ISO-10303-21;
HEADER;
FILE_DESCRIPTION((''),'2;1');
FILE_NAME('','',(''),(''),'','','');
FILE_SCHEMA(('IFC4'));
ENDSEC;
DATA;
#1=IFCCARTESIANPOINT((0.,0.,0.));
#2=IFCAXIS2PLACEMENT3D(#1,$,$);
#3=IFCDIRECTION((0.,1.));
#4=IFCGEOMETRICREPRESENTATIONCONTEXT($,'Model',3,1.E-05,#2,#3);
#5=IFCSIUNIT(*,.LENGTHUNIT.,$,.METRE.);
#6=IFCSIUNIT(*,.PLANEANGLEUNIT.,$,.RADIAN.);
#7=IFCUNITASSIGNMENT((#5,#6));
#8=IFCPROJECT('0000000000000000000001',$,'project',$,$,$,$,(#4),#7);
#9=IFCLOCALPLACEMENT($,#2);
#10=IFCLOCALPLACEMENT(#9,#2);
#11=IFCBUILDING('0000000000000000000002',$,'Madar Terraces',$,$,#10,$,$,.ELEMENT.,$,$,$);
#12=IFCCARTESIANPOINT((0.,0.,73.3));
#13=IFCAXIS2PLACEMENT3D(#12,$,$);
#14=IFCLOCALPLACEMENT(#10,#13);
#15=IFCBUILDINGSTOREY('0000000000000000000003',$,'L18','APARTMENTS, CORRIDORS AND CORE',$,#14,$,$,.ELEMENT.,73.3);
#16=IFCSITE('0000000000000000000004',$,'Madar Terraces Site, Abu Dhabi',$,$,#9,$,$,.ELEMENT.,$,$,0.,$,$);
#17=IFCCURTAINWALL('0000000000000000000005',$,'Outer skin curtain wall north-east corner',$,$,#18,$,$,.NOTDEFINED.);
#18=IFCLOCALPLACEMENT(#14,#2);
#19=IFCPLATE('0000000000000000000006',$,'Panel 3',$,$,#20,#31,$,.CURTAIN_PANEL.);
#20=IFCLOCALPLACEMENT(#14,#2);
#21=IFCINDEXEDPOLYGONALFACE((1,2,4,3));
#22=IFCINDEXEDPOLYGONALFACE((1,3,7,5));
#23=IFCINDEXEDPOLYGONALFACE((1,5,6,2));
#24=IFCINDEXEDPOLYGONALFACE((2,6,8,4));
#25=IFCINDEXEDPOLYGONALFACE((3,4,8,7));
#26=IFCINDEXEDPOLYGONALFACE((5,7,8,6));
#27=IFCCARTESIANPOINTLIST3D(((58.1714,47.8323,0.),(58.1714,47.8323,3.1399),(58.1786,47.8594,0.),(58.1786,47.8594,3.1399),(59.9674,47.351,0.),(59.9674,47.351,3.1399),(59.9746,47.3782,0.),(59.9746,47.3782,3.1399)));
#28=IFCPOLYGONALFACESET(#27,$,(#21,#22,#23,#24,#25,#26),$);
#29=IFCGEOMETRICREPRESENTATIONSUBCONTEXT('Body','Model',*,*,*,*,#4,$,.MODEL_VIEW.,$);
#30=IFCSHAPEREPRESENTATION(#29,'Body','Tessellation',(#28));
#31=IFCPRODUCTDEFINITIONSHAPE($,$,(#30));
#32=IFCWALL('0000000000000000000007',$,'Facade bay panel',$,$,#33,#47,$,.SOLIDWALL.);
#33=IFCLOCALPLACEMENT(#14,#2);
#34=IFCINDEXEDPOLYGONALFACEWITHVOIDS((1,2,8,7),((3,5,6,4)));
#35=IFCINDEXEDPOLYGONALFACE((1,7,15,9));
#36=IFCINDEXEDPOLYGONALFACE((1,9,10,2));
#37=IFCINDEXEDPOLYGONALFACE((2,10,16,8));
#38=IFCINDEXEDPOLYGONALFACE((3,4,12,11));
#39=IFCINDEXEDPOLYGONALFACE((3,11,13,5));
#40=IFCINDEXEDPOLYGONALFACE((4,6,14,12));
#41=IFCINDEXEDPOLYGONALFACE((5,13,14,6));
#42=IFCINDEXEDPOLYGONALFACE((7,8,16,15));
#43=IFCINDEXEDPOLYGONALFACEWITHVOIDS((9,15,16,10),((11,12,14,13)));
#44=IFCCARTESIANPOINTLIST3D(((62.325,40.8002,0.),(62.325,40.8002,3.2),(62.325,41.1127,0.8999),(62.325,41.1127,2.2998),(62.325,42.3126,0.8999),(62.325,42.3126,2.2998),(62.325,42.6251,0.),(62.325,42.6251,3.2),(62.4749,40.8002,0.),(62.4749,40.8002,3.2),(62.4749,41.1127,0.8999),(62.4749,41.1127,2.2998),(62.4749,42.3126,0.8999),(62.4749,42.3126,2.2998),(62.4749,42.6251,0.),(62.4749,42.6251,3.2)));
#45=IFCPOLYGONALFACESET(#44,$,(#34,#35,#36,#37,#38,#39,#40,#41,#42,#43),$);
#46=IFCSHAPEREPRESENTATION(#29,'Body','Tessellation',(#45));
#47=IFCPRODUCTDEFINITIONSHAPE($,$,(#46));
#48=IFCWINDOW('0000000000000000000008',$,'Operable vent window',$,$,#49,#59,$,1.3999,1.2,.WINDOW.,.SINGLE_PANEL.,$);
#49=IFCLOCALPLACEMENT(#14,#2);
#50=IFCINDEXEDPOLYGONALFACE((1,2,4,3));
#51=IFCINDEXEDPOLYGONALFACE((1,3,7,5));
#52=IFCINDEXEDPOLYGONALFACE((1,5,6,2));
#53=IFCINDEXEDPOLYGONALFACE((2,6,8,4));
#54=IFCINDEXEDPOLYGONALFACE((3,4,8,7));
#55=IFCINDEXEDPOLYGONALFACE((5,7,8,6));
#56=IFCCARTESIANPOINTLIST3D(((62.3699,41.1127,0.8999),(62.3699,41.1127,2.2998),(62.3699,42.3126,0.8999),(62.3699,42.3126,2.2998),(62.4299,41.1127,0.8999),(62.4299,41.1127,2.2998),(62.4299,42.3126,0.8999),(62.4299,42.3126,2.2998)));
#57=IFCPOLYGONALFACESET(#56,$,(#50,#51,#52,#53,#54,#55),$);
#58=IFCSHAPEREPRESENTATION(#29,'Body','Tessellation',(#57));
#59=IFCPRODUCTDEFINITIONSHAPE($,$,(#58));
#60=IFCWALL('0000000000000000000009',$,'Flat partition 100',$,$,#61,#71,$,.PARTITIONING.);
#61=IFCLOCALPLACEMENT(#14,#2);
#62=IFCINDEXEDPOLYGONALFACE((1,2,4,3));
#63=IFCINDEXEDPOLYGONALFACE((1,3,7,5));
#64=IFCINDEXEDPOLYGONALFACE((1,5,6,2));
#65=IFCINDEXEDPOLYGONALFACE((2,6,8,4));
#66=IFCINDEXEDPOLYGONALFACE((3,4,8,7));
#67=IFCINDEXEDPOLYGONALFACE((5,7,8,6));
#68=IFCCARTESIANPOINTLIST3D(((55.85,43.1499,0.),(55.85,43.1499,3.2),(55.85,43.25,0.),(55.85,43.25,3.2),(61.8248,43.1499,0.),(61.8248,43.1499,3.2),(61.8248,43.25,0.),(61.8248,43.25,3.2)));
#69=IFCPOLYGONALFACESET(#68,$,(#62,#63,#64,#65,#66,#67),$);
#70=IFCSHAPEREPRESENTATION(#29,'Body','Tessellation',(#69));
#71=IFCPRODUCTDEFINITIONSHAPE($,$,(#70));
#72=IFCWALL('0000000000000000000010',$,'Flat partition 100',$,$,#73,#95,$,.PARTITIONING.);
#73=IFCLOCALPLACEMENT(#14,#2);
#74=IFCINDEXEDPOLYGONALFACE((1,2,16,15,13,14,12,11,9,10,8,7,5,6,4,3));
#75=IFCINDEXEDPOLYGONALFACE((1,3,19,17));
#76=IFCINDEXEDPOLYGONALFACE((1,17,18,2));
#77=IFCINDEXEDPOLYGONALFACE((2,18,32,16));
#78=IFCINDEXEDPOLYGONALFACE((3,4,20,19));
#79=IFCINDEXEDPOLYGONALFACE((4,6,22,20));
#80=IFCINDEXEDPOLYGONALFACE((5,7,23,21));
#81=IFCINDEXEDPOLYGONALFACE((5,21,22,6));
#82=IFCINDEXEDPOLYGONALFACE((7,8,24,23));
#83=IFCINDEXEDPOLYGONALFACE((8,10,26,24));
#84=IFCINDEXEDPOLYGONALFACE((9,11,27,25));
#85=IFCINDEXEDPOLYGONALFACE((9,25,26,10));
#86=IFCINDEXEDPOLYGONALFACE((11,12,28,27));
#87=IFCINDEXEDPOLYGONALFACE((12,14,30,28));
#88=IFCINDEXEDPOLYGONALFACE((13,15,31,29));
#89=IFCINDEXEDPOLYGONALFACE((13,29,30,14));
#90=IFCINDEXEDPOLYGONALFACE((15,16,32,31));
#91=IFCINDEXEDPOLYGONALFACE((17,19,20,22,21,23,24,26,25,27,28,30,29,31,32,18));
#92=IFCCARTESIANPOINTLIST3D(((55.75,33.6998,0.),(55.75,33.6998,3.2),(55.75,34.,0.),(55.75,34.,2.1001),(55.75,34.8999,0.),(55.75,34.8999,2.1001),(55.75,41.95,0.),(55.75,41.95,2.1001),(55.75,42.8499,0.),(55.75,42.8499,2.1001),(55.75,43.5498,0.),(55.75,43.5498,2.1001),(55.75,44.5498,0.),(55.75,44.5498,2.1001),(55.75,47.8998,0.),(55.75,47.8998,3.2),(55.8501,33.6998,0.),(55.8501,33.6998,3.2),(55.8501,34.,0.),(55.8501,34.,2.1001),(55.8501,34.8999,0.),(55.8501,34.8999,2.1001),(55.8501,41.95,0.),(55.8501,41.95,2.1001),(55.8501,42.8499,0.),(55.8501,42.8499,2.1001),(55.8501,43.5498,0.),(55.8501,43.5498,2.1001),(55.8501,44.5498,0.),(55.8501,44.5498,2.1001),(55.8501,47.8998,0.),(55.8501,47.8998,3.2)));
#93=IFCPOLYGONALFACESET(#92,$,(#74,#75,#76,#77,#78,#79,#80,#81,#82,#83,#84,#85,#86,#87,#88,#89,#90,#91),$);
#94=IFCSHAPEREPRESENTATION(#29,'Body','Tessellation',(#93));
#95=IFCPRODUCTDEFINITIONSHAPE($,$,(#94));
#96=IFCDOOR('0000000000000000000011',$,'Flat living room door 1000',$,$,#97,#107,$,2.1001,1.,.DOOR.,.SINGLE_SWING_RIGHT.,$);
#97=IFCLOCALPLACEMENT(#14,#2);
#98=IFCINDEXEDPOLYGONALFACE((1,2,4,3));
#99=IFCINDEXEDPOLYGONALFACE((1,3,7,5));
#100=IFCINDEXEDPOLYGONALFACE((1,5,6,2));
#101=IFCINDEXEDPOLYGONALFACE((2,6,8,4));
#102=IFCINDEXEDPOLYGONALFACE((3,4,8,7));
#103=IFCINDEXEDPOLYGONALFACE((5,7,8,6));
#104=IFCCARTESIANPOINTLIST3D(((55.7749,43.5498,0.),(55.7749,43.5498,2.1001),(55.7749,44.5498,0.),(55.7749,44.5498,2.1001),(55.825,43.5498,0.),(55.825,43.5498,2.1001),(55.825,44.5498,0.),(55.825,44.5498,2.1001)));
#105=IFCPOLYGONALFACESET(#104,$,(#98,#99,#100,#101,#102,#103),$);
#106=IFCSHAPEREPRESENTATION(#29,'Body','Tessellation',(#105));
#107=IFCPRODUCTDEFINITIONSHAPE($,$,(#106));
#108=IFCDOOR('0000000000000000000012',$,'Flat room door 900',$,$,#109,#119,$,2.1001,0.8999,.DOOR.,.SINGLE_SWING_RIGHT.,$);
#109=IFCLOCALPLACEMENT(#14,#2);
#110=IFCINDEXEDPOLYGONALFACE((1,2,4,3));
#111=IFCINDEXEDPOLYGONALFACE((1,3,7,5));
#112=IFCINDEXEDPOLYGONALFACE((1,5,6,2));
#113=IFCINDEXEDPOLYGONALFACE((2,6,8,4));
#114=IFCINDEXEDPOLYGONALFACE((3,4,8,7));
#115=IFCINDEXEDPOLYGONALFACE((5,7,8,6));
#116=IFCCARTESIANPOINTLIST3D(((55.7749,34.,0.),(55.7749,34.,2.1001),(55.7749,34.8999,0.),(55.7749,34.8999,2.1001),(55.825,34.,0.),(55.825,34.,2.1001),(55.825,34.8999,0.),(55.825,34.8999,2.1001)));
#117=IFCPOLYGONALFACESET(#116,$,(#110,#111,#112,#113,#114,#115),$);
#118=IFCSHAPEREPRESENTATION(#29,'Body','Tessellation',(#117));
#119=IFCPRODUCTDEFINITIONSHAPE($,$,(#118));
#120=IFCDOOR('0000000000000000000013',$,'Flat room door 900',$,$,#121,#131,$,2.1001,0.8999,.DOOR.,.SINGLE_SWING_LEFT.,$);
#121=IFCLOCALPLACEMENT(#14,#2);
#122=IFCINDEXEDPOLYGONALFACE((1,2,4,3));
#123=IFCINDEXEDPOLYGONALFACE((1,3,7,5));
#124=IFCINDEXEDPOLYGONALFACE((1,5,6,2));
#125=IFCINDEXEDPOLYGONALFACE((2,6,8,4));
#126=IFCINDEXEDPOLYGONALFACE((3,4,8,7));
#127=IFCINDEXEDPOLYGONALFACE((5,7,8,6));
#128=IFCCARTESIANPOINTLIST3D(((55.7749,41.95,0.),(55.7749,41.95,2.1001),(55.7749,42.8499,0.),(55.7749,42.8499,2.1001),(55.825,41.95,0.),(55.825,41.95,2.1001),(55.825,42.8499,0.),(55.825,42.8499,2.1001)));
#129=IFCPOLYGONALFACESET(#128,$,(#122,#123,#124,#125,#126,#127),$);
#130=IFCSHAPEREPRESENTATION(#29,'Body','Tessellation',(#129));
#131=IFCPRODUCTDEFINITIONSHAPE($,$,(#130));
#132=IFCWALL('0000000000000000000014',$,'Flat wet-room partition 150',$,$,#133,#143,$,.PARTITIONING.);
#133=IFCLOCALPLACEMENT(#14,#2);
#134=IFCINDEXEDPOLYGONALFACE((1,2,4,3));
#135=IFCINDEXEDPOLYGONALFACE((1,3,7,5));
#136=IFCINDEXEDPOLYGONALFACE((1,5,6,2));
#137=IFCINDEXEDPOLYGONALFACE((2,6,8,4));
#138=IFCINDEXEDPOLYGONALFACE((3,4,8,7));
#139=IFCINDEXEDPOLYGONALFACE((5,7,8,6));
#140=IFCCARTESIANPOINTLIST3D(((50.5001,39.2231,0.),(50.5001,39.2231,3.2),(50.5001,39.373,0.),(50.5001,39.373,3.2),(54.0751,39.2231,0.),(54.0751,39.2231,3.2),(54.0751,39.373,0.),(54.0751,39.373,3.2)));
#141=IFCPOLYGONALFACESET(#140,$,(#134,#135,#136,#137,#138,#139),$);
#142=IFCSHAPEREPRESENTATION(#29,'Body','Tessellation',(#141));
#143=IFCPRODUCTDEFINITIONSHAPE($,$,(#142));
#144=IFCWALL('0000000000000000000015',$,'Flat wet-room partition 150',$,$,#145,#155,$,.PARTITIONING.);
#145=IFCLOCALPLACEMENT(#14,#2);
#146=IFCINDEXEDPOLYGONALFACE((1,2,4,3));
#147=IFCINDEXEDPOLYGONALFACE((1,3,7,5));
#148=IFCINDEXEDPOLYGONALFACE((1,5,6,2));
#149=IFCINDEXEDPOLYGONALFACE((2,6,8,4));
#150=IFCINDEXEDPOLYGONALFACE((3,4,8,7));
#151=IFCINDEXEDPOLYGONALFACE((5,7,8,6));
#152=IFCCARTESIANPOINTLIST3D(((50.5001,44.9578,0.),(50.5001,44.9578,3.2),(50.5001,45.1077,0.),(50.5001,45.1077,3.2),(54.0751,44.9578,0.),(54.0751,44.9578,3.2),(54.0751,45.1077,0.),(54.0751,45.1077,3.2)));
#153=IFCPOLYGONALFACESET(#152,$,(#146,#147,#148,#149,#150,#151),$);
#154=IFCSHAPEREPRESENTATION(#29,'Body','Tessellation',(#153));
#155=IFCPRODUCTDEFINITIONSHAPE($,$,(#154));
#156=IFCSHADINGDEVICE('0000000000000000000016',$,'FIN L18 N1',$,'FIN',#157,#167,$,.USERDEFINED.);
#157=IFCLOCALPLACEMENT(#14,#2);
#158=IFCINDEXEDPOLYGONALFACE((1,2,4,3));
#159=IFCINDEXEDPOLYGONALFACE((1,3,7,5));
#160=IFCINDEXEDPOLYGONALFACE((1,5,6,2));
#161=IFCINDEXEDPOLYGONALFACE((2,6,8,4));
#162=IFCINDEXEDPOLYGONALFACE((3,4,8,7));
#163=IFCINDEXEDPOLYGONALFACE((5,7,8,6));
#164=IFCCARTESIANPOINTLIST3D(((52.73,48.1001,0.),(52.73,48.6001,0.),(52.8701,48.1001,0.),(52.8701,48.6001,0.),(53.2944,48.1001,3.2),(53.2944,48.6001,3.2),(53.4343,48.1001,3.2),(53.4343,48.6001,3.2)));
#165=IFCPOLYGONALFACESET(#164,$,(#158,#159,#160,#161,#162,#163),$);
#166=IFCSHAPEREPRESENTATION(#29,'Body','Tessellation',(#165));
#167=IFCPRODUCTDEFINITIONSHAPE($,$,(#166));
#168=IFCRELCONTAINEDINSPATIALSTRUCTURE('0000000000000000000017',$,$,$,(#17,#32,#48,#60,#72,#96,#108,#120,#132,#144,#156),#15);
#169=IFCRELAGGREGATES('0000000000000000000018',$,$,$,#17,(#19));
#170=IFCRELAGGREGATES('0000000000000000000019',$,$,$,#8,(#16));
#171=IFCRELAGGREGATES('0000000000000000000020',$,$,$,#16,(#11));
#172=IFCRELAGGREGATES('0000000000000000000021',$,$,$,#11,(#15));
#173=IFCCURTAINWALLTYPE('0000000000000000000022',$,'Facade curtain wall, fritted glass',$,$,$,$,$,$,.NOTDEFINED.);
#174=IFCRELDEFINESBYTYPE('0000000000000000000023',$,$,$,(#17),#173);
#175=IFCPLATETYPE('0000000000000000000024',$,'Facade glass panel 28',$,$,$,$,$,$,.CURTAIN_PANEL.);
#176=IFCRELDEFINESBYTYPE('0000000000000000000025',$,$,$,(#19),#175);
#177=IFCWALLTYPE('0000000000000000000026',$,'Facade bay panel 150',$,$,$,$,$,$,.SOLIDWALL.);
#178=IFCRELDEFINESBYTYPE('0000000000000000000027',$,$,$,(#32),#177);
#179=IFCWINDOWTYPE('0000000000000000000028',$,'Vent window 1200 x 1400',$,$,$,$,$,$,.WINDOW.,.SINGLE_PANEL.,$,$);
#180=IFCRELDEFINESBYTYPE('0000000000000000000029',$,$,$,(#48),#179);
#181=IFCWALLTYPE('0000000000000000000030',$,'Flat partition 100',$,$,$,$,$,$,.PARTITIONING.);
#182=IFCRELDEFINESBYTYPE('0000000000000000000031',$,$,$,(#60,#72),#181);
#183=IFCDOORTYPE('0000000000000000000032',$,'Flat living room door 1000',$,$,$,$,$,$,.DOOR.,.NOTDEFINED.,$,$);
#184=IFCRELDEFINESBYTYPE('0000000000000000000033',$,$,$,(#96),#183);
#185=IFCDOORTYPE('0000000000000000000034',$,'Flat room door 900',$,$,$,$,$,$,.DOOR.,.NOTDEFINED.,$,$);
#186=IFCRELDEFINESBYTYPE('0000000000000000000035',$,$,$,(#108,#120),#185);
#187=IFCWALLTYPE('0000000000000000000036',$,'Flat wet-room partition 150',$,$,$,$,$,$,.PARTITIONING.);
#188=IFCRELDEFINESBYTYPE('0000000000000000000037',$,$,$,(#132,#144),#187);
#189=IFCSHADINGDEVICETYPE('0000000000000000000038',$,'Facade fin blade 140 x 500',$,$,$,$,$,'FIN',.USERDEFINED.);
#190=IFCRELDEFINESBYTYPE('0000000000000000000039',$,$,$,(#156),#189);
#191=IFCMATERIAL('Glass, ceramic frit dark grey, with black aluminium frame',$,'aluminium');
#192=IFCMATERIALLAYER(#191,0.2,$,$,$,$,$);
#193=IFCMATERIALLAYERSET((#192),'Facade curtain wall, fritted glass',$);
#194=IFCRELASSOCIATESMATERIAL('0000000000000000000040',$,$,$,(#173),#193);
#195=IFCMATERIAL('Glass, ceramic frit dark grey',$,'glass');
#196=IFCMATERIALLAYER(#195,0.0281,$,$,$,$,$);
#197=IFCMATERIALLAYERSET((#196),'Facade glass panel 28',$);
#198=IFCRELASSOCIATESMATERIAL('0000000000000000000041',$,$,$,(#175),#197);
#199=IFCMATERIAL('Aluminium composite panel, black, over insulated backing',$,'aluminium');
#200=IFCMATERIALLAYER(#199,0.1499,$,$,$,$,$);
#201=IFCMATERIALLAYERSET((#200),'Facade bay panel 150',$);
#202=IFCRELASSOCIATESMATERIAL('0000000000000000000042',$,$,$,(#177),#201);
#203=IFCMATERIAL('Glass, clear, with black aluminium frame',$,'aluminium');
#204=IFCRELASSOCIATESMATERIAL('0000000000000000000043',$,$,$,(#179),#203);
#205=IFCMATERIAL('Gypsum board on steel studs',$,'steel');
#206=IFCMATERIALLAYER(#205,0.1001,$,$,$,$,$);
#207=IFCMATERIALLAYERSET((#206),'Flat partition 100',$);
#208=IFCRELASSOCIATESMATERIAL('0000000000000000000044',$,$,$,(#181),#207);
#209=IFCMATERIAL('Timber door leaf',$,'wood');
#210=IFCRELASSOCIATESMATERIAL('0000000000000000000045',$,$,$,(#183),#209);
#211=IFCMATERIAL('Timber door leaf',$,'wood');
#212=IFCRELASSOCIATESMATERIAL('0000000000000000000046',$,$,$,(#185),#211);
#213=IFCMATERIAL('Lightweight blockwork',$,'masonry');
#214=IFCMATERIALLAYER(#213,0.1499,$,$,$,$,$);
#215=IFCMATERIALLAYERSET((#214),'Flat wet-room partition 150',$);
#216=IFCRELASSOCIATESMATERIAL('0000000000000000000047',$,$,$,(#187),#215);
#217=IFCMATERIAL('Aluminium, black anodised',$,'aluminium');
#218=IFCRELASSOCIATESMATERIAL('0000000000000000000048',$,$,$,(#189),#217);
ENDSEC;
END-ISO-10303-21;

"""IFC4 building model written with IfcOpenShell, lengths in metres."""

from ifc_helpers import new_model, si_unit, direction, frame, frame_2d, origin, origin_2d, place, context, subcontext, project, spatial, polyline, rectangle, outline, extrude, material, layer, layer_set, type_object, element, fill, aggregate, save


model = new_model("IFC4")

# Units and contexts
model_context = context("Model", 3, precision=1e-05, world=origin(), true_north=direction((0.0, 1.0)))
body_context = subcontext(model_context, "Body", "Model", "MODEL_VIEW")
ifc_project = project(units=[si_unit("LENGTHUNIT", "METRE"), si_unit("PLANEANGLEUNIT", "RADIAN")], contexts=[model_context])

# Site, building, storey
site_placement = place(None, origin())
site = spatial("IfcSite", under=ifc_project, at=site_placement, Name="Madar Terraces Site, Abu Dhabi", CompositionType="ELEMENT", RefElevation=0.0)
building_placement = place(site_placement, origin())
building = spatial("IfcBuilding", under=site, at=building_placement, Name="Madar Terraces", CompositionType="ELEMENT")
storey_placement = place(building_placement, frame((0.0, 0.0, 73.3)))
storey = spatial("IfcBuildingStorey", under=building, at=storey_placement, Name="L18", Description="APARTMENTS, CORRIDORS AND CORE", CompositionType="ELEMENT", Elevation=73.3)

# Shared definitions
ifc_material_1 = material(Name="Glass, ceramic frit dark grey, with black aluminium frame", Category="aluminium")
ifc_layer_1 = layer(ifc_material_1, 0.2)
ifc_layer_set_1 = layer_set([ifc_layer_1], Name="Facade curtain wall, fritted glass")
curtain_wall_type = type_object("IfcCurtainWallType", Name="Facade curtain wall, fritted glass", PredefinedType="NOTDEFINED", material=ifc_layer_set_1)

# Curtain wall
curtain_wall_1_placement = place(storey_placement, origin())
curtain_wall_1 = element("IfcCurtainWall", 1, at=curtain_wall_1_placement, inside=storey, type_object=curtain_wall_type, Name="Outer skin curtain wall north-east corner", PredefinedType="NOTDEFINED")

# Shared definitions
ifc_material_2 = material(Name="Glass, ceramic frit dark grey", Category="glass")
ifc_layer_2 = layer(ifc_material_2, 0.0281)
ifc_layer_set_2 = layer_set([ifc_layer_2], Name="Facade glass panel 28")
plate_type = type_object("IfcPlateType", Name="Facade glass panel 28", PredefinedType="CURTAIN_PANEL", material=ifc_layer_set_2)

# Plate
plate_1_placement = place(storey_placement, frame((59.073, 47.6052, 0.0), z_axis=(0.0, 0.0, 1.0), x_axis=(-0.965926, 0.258819, 0.0)))
plate_1 = element("IfcPlate", 2, at=plate_1_placement, type_object=plate_type, Name="Panel 3", PredefinedType="CURTAIN_PANEL", context=body_context, shape_type="SweptSolid", body=[
    extrude(rectangle(XDim=1.8594, YDim=0.0281, at=origin_2d()), origin(), (0.0, 0.0, 1.0), 3.1399),
])
aggregate(curtain_wall_1, [plate_1])

# Wall, opening, window
ifc_material_3 = material(Name="Aluminium composite panel, black, over insulated backing", Category="aluminium")
ifc_layer_3 = layer(ifc_material_3, 0.1499)
ifc_layer_set_3 = layer_set([ifc_layer_3], Name="Facade bay panel 150")
wall_type_1 = type_object("IfcWallType", Name="Facade bay panel 150", PredefinedType="SOLIDWALL", material=ifc_layer_set_3)
wall_1_placement = place(storey_placement, frame((62.3999, 40.8, 0.0), z_axis=(0.0, 0.0, 1.0), x_axis=(0.0, 1.0, 0.0)))
wall_1 = element("IfcWall", 3, at=wall_1_placement, inside=storey, type_object=wall_type_1, Name="Facade bay panel", PredefinedType="SOLIDWALL", context=body_context, shape_type="SweptSolid", body=[
    extrude(rectangle(XDim=1.825, YDim=0.1499, at=frame_2d((0.9126, 0.0))), origin(), (0.0, 0.0, 1.0), 3.2),
])
opening_1_placement = place(wall_1_placement, frame((0.3125, 0.0, 0.8999)))
opening_1 = element("IfcOpeningElement", 4, at=opening_1_placement, cuts=wall_1, PredefinedType="OPENING", context=body_context, shape_type="SweptSolid", body=[
    extrude(rectangle(XDim=1.2, YDim=1.3999, at=frame_2d((0.6001, 0.7))), frame((0.0, 0.085, 0.0), z_axis=(0.0, -1.0, 0.0), x_axis=(1.0, 0.0, 0.0)), (0.0, 0.0, 1.0), 0.1699),
])
ifc_material_4 = material(Name="Glass, clear, with black aluminium frame", Category="aluminium")
window_type = type_object("IfcWindowType", Name="Vent window 1200 x 1400", PartitioningType="SINGLE_PANEL", PredefinedType="WINDOW", material=ifc_material_4)
window_placement = place(opening_1_placement, origin())
window = element("IfcWindow", 5, at=window_placement, inside=storey, type_object=window_type, Name="Operable vent window", OverallHeight=1.3999, OverallWidth=1.2, PartitioningType="SINGLE_PANEL", PredefinedType="WINDOW", context=body_context, shape_type="SweptSolid", body=[
    extrude(rectangle(XDim=1.2, YDim=1.3999, at=frame_2d((0.6001, 0.7))), frame((0.0, 0.03, 0.0), z_axis=(0.0, -1.0, 0.0), x_axis=(1.0, 0.0, 0.0)), (0.0, 0.0, 1.0), 0.0601),
])
fill(opening_1, window)

# Wall
ifc_material_5 = material(Name="Gypsum board on steel studs", Category="steel")
ifc_layer_4 = layer(ifc_material_5, 0.1001)
ifc_layer_set_4 = layer_set([ifc_layer_4], Name="Flat partition 100")
wall_type_2 = type_object("IfcWallType", Name="Flat partition 100", PredefinedType="PARTITIONING", material=ifc_layer_set_4)
wall_2_placement = place(storey_placement, frame((55.8501, 43.2, 0.0), z_axis=(0.0, 0.0, 1.0), x_axis=(1.0, 0.0, 0.0)))
element("IfcWall", 6, at=wall_2_placement, inside=storey, type_object=wall_type_2, Name="Flat partition 100", PredefinedType="PARTITIONING", context=body_context, shape_type="SweptSolid", body=[
    extrude(rectangle(XDim=5.9749, YDim=0.1001, at=frame_2d((2.9873, 0.0))), origin(), (0.0, 0.0, 1.0), 3.2),
])

# Wall, openings, doors
wall_3_placement = place(storey_placement, frame((55.8, 47.8999, 0.0), z_axis=(0.0, 0.0, 1.0), x_axis=(0.0, -1.0, 0.0)))
wall_3 = element("IfcWall", 7, at=wall_3_placement, inside=storey, type_object=wall_type_2, Name="Flat partition 100", PredefinedType="PARTITIONING", context=body_context, shape_type="SweptSolid", body=[
    extrude(rectangle(XDim=14.2, YDim=0.1001, at=frame_2d((7.1001, 0.0))), origin(), (0.0, 0.0, 1.0), 3.2),
])
opening_2_placement = place(wall_3_placement, frame((13.0, 0.0, 0.0)))
opening_2 = element("IfcOpeningElement", 8, at=opening_2_placement, cuts=wall_3, PredefinedType="OPENING", context=body_context, shape_type="SweptSolid", body=[
    extrude(rectangle(XDim=0.8999, YDim=2.1001, at=frame_2d((0.45, 1.05))), frame((0.0, 0.0601, 0.0), z_axis=(0.0, -1.0, 0.0), x_axis=(1.0, 0.0, 0.0)), (0.0, 0.0, 1.0), 0.1201),
])
opening_3_placement = place(wall_3_placement, frame((5.05, 0.0, 0.0)))
opening_3 = element("IfcOpeningElement", 9, at=opening_3_placement, cuts=wall_3, PredefinedType="OPENING", context=body_context, shape_type="SweptSolid", body=[
    extrude(rectangle(XDim=0.8999, YDim=2.1001, at=frame_2d((0.45, 1.05))), frame((0.0, 0.0601, 0.0), z_axis=(0.0, -1.0, 0.0), x_axis=(1.0, 0.0, 0.0)), (0.0, 0.0, 1.0), 0.1201),
])
opening_4_placement = place(wall_3_placement, frame((3.3501, 0.0, 0.0)))
opening_4 = element("IfcOpeningElement", 10, at=opening_4_placement, cuts=wall_3, PredefinedType="OPENING", context=body_context, shape_type="SweptSolid", body=[
    extrude(rectangle(XDim=1.0, YDim=2.1001, at=frame_2d((0.5, 1.05))), frame((0.0, 0.0601, 0.0), z_axis=(0.0, -1.0, 0.0), x_axis=(1.0, 0.0, 0.0)), (0.0, 0.0, 1.0), 0.1201),
])
ifc_material_6 = material(Name="Timber door leaf", Category="wood")
door_type_1 = type_object("IfcDoorType", Name="Flat living room door 1000", OperationType="NOTDEFINED", PredefinedType="DOOR", material=ifc_material_6)
door_1_placement = place(opening_4_placement, origin())
door_1 = element("IfcDoor", 11, at=door_1_placement, inside=storey, type_object=door_type_1, Name="Flat living room door 1000", OperationType="SINGLE_SWING_RIGHT", OverallHeight=2.1001, OverallWidth=1.0, PredefinedType="DOOR", context=body_context, shape_type="SweptSolid", body=[
    extrude(rectangle(XDim=1.0, YDim=2.1001, at=frame_2d((0.5, 1.05))), frame((0.0, 0.0249, 0.0), z_axis=(0.0, -1.0, 0.0), x_axis=(1.0, 0.0, 0.0)), (0.0, 0.0, 1.0), 0.05),
])
fill(opening_4, door_1)
ifc_material_7 = material(Name="Timber door leaf", Category="wood")
door_type_2 = type_object("IfcDoorType", Name="Flat room door 900", OperationType="NOTDEFINED", PredefinedType="DOOR", material=ifc_material_7)
door_2_placement = place(opening_2_placement, origin())
door_2 = element("IfcDoor", 12, at=door_2_placement, inside=storey, type_object=door_type_2, Name="Flat room door 900", OperationType="SINGLE_SWING_RIGHT", OverallHeight=2.1001, OverallWidth=0.8999, PredefinedType="DOOR", context=body_context, shape_type="SweptSolid", body=[
    extrude(rectangle(XDim=0.8999, YDim=2.1001, at=frame_2d((0.45, 1.05))), frame((0.0, 0.0249, 0.0), z_axis=(0.0, -1.0, 0.0), x_axis=(1.0, 0.0, 0.0)), (0.0, 0.0, 1.0), 0.05),
])
fill(opening_2, door_2)
door_3_placement = place(opening_3_placement, origin())
door_3 = element("IfcDoor", 13, at=door_3_placement, inside=storey, type_object=door_type_2, Name="Flat room door 900", OperationType="SINGLE_SWING_LEFT", OverallHeight=2.1001, OverallWidth=0.8999, PredefinedType="DOOR", context=body_context, shape_type="SweptSolid", body=[
    extrude(rectangle(XDim=0.8999, YDim=2.1001, at=frame_2d((0.45, 1.05))), frame((0.0, 0.0249, 0.0), z_axis=(0.0, -1.0, 0.0), x_axis=(1.0, 0.0, 0.0)), (0.0, 0.0, 1.0), 0.05),
])
fill(opening_3, door_3)

# Walls
ifc_material_8 = material(Name="Lightweight blockwork", Category="masonry")
ifc_layer_5 = layer(ifc_material_8, 0.1499)
ifc_layer_set_5 = layer_set([ifc_layer_5], Name="Flat wet-room partition 150")
wall_type_3 = type_object("IfcWallType", Name="Flat wet-room partition 150", PredefinedType="PARTITIONING", material=ifc_layer_set_5)
for number, where, z_axis, x_axis, name in (
    (14, (50.5, 39.2981, 0.0), (0.0, 0.0, 1.0), (1.0, 0.0, 0.0), "Flat wet-room partition 150"),
    (15, (50.5, 45.0327, 0.0), (0.0, 0.0, 1.0), (1.0, 0.0, 0.0), "Flat wet-room partition 150"),
):
    element("IfcWall", number, at=place(storey_placement, frame(where, z_axis=z_axis, x_axis=x_axis)), inside=storey, type_object=wall_type_3, Name=name, PredefinedType="PARTITIONING", context=body_context, shape_type="SweptSolid", body=[
        extrude(rectangle(XDim=3.575, YDim=0.1499, at=frame_2d((1.7876, 0.0))), origin(), (0.0, 0.0, 1.0), 3.2),
    ])

# Shading device
ifc_material_9 = material(Name="Aluminium, black anodised", Category="aluminium")
shading_device_type = type_object("IfcShadingDeviceType", Name="Facade fin blade 140 x 500", ElementType="FIN", PredefinedType="USERDEFINED", material=ifc_material_9)
shading_device_1_placement = place(storey_placement, frame((52.8701, 48.3501, 0.0), z_axis=(0.0, 0.0, 1.0), x_axis=(-1.0, 0.0, 0.0)))
element("IfcShadingDevice", 16, at=shading_device_1_placement, inside=storey, type_object=shading_device_type, Name="FIN L18 N1", ObjectType="FIN", PredefinedType="USERDEFINED", context=body_context, shape_type="SweptSolid", body=[
    extrude(outline(polyline([(0.0, 0.0), (0.1401, 0.0), (-0.4243, 3.2), (-0.5642, 3.2), (0.0, 0.0)])), frame((0.0, 0.25, 0.0), z_axis=(0.0, -1.0, 0.0), x_axis=(1.0, 0.0, 0.0)), (0.0, 0.0, 1.0), 0.5),
])

save(model, "model.ifc")
